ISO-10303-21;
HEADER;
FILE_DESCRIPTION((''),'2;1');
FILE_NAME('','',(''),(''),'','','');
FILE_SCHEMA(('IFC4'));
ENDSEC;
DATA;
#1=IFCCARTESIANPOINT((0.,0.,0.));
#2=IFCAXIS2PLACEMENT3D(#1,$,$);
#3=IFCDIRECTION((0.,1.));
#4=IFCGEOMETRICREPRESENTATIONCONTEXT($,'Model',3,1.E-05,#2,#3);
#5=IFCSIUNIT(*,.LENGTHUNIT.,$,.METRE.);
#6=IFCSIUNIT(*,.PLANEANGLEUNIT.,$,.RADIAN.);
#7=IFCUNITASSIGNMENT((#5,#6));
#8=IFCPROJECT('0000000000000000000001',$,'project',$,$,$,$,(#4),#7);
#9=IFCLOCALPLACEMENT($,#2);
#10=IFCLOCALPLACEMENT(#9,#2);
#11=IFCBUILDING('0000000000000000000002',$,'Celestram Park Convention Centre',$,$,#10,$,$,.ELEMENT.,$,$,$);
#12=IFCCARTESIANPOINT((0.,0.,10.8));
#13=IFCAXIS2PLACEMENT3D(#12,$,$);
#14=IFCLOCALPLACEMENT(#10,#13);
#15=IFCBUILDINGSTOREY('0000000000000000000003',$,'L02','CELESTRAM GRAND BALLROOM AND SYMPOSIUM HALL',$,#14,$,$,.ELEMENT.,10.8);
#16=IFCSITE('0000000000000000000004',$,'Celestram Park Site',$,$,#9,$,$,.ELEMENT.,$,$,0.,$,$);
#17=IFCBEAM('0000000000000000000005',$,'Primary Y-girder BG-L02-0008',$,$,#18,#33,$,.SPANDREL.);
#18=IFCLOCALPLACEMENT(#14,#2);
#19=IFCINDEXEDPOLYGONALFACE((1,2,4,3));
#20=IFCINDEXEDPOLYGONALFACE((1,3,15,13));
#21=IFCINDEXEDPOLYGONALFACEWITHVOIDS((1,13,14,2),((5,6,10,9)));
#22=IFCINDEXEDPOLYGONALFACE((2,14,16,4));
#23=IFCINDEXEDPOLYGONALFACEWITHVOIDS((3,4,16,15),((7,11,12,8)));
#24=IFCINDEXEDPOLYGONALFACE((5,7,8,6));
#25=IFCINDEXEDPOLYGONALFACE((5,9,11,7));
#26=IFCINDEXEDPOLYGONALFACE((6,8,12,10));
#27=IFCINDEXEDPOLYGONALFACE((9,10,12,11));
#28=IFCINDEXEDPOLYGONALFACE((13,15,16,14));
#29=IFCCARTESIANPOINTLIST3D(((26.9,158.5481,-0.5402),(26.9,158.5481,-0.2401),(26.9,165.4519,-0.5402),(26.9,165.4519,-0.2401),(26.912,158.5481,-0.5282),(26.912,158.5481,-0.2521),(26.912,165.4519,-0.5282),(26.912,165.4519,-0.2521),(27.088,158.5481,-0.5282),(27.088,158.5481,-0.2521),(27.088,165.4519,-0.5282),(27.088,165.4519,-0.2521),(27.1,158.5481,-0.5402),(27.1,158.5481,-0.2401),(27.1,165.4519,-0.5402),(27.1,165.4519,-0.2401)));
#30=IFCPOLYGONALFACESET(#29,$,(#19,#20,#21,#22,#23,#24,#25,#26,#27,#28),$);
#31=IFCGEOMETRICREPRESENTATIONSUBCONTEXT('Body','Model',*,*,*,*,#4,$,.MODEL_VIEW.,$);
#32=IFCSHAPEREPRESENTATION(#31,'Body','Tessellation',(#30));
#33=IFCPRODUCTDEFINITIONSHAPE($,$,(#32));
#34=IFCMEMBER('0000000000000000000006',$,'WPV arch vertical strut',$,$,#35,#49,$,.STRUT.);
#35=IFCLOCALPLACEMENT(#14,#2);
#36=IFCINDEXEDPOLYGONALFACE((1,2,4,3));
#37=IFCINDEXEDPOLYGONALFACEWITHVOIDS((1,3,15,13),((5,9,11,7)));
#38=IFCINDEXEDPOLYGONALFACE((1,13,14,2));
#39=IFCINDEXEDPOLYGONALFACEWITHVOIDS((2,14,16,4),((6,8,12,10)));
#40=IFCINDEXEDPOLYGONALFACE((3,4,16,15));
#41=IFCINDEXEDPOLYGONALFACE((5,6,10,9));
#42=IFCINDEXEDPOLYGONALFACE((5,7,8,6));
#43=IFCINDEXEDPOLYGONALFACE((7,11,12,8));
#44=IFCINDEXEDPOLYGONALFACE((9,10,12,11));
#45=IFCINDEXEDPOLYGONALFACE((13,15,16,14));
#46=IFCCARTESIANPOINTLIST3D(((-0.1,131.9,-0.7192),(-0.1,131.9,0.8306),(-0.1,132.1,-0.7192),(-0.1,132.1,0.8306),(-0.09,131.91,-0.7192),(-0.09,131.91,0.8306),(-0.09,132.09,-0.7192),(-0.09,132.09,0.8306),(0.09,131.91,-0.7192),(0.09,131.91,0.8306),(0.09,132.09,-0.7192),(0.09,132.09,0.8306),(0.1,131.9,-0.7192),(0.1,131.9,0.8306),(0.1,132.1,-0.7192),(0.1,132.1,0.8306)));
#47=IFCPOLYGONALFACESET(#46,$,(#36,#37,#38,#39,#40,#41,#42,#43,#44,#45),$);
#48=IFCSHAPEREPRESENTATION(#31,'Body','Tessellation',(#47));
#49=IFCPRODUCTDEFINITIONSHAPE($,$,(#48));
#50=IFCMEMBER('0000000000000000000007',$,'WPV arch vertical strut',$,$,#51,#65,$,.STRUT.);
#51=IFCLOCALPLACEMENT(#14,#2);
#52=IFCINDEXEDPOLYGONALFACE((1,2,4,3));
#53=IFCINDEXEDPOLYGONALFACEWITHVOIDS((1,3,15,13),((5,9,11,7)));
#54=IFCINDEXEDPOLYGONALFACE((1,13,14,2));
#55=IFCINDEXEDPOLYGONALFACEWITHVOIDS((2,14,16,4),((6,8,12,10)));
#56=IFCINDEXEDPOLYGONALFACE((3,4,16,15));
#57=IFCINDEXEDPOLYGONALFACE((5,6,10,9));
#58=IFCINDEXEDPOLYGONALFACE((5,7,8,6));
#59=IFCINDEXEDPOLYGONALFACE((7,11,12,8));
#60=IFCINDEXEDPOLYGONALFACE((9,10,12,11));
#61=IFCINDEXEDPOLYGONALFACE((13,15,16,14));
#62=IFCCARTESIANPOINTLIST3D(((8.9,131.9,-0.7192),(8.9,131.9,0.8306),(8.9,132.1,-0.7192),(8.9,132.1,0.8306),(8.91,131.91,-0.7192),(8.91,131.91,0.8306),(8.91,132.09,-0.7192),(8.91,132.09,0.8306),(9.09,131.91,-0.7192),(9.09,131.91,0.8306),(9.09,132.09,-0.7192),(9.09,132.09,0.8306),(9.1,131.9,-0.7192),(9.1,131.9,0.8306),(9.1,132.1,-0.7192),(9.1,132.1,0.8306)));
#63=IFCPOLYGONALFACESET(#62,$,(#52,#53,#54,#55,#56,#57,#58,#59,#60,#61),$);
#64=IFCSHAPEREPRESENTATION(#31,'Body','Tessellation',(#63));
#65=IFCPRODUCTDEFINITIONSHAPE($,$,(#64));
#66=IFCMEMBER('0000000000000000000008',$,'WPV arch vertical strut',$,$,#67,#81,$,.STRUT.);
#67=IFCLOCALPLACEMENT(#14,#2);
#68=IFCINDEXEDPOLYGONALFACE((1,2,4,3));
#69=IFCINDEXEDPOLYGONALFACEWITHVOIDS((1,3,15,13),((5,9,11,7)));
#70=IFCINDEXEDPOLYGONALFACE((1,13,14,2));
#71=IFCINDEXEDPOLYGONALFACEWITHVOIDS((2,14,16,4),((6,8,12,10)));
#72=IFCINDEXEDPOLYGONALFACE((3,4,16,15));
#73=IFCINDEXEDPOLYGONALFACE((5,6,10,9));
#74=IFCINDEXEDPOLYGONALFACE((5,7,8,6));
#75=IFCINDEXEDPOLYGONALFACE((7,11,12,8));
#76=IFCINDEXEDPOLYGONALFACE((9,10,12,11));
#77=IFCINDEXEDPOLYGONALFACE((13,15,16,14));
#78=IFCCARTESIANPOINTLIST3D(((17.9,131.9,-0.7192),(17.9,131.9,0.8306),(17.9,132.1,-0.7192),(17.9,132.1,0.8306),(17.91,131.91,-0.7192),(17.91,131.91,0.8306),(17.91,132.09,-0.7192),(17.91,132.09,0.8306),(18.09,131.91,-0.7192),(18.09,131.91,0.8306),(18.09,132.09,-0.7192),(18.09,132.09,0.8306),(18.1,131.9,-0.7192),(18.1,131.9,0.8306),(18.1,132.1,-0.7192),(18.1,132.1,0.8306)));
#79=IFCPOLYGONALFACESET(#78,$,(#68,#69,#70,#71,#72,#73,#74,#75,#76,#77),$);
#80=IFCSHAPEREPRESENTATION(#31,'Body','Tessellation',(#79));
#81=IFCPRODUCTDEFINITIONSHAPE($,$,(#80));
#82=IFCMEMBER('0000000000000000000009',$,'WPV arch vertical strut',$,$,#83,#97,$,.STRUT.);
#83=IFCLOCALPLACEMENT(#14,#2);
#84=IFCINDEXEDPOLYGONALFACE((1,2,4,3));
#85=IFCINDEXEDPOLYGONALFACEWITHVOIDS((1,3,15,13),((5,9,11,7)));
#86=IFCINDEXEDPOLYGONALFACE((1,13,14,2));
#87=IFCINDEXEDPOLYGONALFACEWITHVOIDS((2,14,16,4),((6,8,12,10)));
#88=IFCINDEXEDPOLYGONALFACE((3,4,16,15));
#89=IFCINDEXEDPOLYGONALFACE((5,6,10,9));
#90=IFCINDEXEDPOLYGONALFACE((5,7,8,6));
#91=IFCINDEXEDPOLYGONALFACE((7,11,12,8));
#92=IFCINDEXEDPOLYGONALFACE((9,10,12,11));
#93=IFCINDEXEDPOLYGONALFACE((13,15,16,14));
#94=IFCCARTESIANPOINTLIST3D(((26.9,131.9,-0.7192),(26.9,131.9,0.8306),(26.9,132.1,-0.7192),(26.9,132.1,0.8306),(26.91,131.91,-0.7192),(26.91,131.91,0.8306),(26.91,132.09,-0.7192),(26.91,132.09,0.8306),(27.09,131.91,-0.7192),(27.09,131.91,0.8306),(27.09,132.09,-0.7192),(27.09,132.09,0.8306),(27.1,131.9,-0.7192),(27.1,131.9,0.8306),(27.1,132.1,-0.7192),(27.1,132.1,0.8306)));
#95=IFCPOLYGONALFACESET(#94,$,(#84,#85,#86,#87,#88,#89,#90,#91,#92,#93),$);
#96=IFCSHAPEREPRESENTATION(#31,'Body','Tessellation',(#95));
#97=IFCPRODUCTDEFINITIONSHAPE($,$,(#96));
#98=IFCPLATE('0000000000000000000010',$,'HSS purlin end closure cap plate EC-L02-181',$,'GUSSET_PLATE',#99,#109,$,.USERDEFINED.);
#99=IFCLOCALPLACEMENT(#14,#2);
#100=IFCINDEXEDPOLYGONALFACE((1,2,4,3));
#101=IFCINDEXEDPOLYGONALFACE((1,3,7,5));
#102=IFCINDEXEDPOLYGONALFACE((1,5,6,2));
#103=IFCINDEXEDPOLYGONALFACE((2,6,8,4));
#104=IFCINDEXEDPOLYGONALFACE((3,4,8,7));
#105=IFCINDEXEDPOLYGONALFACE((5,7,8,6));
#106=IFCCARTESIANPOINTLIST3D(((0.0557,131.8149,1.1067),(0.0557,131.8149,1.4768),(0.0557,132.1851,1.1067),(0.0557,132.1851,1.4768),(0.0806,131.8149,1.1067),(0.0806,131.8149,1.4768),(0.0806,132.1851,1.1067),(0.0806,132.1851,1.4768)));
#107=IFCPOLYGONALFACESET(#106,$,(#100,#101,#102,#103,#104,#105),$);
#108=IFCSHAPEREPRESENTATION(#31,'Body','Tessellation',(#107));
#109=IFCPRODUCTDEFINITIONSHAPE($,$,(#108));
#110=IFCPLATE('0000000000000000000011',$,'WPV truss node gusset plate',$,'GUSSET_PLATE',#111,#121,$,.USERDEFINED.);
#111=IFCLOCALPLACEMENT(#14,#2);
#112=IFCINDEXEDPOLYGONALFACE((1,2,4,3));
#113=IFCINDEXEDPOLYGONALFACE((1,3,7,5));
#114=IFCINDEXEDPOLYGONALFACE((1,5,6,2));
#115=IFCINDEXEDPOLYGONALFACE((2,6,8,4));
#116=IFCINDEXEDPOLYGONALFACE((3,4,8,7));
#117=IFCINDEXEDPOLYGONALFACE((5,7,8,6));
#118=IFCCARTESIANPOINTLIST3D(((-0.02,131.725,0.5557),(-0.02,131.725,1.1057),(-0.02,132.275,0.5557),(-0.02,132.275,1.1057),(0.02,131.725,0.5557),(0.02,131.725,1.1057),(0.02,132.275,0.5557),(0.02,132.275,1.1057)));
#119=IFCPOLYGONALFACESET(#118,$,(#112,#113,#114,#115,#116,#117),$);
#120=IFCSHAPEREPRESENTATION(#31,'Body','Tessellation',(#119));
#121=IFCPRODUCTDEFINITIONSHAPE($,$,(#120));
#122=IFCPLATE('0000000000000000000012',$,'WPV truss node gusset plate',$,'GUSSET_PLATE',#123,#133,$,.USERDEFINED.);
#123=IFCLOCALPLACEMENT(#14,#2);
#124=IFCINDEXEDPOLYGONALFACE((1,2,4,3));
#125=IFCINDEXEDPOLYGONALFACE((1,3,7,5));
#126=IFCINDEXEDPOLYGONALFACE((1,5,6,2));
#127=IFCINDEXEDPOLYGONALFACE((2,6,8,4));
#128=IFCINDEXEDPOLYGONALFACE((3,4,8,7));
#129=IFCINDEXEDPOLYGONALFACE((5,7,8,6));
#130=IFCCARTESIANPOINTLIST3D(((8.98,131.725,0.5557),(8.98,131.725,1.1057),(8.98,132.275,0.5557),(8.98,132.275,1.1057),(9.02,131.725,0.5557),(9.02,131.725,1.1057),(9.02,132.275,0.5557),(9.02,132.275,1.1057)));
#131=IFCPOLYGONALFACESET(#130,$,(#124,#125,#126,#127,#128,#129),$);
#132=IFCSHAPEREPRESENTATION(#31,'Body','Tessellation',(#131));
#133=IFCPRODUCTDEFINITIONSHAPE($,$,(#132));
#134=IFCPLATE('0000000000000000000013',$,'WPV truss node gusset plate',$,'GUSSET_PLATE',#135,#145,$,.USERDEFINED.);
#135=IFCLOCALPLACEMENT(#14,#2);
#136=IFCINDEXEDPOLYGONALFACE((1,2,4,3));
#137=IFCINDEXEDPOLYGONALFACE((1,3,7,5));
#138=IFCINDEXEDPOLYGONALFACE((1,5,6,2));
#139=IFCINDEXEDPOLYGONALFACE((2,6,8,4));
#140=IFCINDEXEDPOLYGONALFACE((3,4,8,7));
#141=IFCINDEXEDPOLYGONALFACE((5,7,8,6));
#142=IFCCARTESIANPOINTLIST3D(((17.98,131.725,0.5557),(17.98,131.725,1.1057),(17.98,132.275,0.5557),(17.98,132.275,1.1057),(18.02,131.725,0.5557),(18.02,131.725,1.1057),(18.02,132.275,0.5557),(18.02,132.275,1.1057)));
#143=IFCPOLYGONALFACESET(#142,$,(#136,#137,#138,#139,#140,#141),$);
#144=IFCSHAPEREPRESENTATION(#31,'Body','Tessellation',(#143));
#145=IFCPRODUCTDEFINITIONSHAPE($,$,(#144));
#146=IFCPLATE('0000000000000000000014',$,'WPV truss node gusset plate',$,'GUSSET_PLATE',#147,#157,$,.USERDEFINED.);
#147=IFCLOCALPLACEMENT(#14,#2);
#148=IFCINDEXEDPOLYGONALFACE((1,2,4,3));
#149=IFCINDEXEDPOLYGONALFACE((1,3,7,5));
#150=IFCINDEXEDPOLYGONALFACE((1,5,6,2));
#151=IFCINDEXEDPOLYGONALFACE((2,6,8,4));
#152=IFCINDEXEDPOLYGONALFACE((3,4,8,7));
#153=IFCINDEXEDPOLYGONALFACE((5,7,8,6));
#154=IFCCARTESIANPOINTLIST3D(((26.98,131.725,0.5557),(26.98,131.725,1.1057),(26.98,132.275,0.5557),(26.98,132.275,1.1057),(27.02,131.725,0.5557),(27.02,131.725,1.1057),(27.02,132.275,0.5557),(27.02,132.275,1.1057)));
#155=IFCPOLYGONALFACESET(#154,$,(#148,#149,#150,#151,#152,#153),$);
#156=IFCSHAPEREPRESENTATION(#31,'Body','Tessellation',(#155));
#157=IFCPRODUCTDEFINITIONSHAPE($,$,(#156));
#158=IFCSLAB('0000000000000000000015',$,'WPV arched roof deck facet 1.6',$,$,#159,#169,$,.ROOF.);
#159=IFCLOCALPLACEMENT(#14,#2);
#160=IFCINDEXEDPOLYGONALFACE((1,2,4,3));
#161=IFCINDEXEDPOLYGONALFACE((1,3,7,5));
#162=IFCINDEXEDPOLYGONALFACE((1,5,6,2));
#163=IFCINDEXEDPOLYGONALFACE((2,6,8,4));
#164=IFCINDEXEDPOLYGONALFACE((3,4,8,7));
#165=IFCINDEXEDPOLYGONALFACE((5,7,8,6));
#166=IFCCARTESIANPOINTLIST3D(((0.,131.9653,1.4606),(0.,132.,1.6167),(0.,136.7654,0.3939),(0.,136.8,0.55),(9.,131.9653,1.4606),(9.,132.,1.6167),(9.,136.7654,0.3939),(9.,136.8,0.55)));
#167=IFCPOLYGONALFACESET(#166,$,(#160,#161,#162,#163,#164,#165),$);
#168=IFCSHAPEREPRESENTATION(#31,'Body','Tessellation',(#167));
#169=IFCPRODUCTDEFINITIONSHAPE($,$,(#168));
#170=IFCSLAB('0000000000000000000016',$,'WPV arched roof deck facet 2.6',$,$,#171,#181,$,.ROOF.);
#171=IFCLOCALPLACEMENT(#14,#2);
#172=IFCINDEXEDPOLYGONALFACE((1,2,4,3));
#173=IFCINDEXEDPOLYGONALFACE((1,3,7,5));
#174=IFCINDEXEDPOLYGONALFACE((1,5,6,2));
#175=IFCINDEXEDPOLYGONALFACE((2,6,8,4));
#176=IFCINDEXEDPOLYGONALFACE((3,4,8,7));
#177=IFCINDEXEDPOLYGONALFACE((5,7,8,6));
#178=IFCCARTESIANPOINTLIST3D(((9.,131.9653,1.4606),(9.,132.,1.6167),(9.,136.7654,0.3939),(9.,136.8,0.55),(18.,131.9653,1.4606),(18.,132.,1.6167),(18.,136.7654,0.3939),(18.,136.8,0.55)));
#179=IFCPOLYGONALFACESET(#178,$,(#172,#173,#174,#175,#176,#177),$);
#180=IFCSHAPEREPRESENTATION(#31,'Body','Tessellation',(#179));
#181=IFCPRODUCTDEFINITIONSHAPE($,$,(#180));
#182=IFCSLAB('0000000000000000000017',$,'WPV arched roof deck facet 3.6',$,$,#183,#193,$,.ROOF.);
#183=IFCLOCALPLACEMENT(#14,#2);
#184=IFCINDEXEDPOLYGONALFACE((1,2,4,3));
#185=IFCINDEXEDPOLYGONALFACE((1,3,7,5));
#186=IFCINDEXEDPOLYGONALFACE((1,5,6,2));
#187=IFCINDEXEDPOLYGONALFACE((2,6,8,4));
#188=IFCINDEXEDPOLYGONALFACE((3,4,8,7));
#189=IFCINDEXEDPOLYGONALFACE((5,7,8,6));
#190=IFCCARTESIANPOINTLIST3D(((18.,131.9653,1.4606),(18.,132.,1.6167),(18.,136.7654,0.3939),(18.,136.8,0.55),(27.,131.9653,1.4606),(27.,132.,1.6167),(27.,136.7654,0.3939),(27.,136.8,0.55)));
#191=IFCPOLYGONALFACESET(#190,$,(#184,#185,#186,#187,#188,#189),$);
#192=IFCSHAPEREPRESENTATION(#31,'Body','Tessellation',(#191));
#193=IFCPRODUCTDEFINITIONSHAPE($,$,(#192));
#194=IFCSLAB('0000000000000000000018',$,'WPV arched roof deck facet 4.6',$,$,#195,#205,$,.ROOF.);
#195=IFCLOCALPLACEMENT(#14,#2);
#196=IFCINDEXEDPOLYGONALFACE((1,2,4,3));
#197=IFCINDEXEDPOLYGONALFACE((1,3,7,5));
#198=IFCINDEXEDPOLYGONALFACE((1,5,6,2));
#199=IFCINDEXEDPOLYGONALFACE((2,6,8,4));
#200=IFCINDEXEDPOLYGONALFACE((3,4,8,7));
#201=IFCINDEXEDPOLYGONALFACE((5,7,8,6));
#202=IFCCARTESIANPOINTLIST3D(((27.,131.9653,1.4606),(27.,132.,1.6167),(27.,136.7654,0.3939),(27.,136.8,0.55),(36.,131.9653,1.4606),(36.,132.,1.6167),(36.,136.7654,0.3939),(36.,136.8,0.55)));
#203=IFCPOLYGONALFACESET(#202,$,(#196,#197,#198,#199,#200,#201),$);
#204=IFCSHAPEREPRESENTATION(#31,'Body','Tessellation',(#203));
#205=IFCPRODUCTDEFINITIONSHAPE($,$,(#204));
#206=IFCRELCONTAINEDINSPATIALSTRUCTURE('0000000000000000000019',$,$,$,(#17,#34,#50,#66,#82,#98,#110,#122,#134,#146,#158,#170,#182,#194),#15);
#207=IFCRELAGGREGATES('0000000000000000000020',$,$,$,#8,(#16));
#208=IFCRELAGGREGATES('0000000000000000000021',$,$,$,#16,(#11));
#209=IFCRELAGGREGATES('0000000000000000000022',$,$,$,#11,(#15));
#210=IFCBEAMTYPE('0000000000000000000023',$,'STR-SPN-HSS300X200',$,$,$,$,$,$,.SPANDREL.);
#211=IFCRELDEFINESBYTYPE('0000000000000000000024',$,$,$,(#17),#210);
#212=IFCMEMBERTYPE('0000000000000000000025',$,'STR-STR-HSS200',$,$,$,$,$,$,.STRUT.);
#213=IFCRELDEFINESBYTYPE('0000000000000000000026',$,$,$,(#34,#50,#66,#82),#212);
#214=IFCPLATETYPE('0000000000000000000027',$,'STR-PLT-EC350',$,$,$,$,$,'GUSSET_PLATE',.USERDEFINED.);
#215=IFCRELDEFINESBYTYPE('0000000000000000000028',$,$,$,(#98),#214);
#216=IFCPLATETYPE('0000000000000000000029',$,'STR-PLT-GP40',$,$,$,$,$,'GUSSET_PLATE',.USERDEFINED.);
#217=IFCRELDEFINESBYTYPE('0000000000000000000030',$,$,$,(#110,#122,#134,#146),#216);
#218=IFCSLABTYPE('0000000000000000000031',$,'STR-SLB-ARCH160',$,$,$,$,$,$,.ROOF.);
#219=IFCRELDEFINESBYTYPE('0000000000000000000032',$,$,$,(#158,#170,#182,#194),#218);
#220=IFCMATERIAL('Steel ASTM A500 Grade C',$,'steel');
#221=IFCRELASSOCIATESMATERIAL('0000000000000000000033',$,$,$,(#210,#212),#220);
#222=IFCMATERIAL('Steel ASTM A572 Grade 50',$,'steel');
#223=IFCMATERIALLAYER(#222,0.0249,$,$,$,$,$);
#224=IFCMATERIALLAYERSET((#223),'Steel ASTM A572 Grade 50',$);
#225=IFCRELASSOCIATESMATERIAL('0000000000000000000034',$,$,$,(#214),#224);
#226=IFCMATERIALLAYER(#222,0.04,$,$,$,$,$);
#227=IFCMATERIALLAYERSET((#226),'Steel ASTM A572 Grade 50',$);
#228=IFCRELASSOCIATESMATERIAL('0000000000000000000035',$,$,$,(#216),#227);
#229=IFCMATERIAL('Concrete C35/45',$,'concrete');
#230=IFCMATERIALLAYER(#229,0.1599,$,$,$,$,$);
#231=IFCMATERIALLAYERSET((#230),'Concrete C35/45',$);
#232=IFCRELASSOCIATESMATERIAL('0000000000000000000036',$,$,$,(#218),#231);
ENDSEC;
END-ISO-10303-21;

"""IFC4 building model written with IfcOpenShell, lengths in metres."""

from ifc_helpers import new_model, si_unit, direction, frame, origin, origin_2d, place, context, subcontext, project, spatial, polyline, rectangle, hollow_rectangle, outline, extrude, material, layer, layer_set, material_profile, profile_set, type_object, element, save


model = new_model("IFC4")

# Units and contexts
model_context = context("Model", 3, precision=1e-05, world=origin(), true_north=direction((0.0, 1.0)))
body_context = subcontext(model_context, "Body", "Model", "MODEL_VIEW")
ifc_project = project(units=[si_unit("LENGTHUNIT", "METRE"), si_unit("PLANEANGLEUNIT", "RADIAN")], contexts=[model_context])

# Site, building, storey
site_placement = place(None, origin())
site = spatial("IfcSite", under=ifc_project, at=site_placement, Name="Celestram Park Site", CompositionType="ELEMENT", RefElevation=0.0)
building_placement = place(site_placement, origin())
building = spatial("IfcBuilding", under=site, at=building_placement, Name="Celestram Park Convention Centre", CompositionType="ELEMENT")
storey_placement = place(building_placement, frame((0.0, 0.0, 10.8)))
storey = spatial("IfcBuildingStorey", under=building, at=storey_placement, Name="L02", Description="CELESTRAM GRAND BALLROOM AND SYMPOSIUM HALL", CompositionType="ELEMENT", Elevation=10.8)

# Shared definitions
ifc_material_1 = material(Name="Steel ASTM A500 Grade C", Category="steel")

# Beam
ifc_material_profile_1 = material_profile(ifc_material_1, hollow_rectangle(XDim=0.2, YDim=0.3, WallThickness=0.012, at=origin_2d()), Name="HSS300X200X12")
ifc_profile_set_1 = profile_set([ifc_material_profile_1], Name="Steel ASTM A500 Grade C")
beam_type = type_object("IfcBeamType", Name="STR-SPN-HSS300X200", PredefinedType="SPANDREL", material=ifc_profile_set_1)
beam_placement = place(storey_placement, frame((27.0, 158.5481, -0.3901), z_axis=(0.0, 1.0, 0.0), x_axis=(-1.0, 0.0, 0.0)))
element("IfcBeam", 1, at=beam_placement, inside=storey, type_object=beam_type, Name="Primary Y-girder BG-L02-0008", PredefinedType="SPANDREL", context=body_context, shape_type="SweptSolid", body=[
    extrude(hollow_rectangle(XDim=0.2, YDim=0.3, WallThickness=0.012, at=origin_2d()), origin(), (0.0, 0.0, 1.0), 6.9038),
])

# Members
ifc_material_profile_2 = material_profile(ifc_material_1, hollow_rectangle(XDim=0.2, YDim=0.2, WallThickness=0.01, at=origin_2d()), Name="HSS200X200X10")
ifc_profile_set_2 = profile_set([ifc_material_profile_2], Name="Steel ASTM A500 Grade C")
member_type_1 = type_object("IfcMemberType", Name="STR-STR-HSS200", PredefinedType="STRUT", material=ifc_profile_set_2)
for number, where, z_axis, x_axis, name in (
    (2, (0.0, 132.0, -0.7192), (0.0, 0.0, 1.0), (1.0, 0.0, 0.0), "WPV arch vertical strut"),
    (3, (9.0, 132.0, -0.7192), (0.0, 0.0, 1.0), (1.0, 0.0, 0.0), "WPV arch vertical strut"),
    (4, (18.0, 132.0, -0.7192), (0.0, 0.0, 1.0), (1.0, 0.0, 0.0), "WPV arch vertical strut"),
    (5, (27.0, 132.0, -0.7192), (0.0, 0.0, 1.0), (1.0, 0.0, 0.0), "WPV arch vertical strut"),
):
    element("IfcMember", number, at=place(storey_placement, frame(where, z_axis=z_axis, x_axis=x_axis)), inside=storey, type_object=member_type_1, Name=name, PredefinedType="STRUT", context=body_context, shape_type="SweptSolid", body=[
        extrude(hollow_rectangle(XDim=0.2, YDim=0.2, WallThickness=0.01, at=origin_2d()), origin(), (0.0, 0.0, 1.0), 1.5498),
    ])

# Plates
ifc_material_2 = material(Name="Steel ASTM A572 Grade 50", Category="steel")
ifc_layer_1 = layer(ifc_material_2, 0.0249)
ifc_layer_set_1 = layer_set([ifc_layer_1], Name="Steel ASTM A572 Grade 50")
plate_type_1 = type_object("IfcPlateType", Name="STR-PLT-EC350", ElementType="GUSSET_PLATE", PredefinedType="USERDEFINED", material=ifc_layer_set_1)
plate_placement = place(storey_placement, frame((0.0681, 132.0, 1.1067), z_axis=(0.0, 0.0, 1.0), x_axis=(0.0, 1.0, 0.0)))
element("IfcPlate", 6, at=plate_placement, inside=storey, type_object=plate_type_1, Name="HSS purlin end closure cap plate EC-L02-181", ObjectType="GUSSET_PLATE", PredefinedType="USERDEFINED", context=body_context, shape_type="SweptSolid", body=[
    extrude(rectangle(XDim=0.3701, YDim=0.0249, at=origin_2d()), origin(), (0.0, 0.0, 1.0), 0.3701),
])
ifc_layer_2 = layer(ifc_material_2, 0.04)
ifc_layer_set_2 = layer_set([ifc_layer_2], Name="Steel ASTM A572 Grade 50")
plate_type_2 = type_object("IfcPlateType", Name="STR-PLT-GP40", ElementType="GUSSET_PLATE", PredefinedType="USERDEFINED", material=ifc_layer_set_2)
for number, where, z_axis, x_axis, name in (
    (7, (0.0, 132.0, 0.5557), (0.0, 0.0, 1.0), (0.0, 1.0, 0.0), "WPV truss node gusset plate"),
    (8, (9.0, 132.0, 0.5557), (0.0, 0.0, 1.0), (0.0, 1.0, 0.0), "WPV truss node gusset plate"),
    (9, (18.0, 132.0, 0.5557), (0.0, 0.0, 1.0), (0.0, 1.0, 0.0), "WPV truss node gusset plate"),
    (10, (27.0, 132.0, 0.5557), (0.0, 0.0, 1.0), (0.0, 1.0, 0.0), "WPV truss node gusset plate"),
):
    element("IfcPlate", number, at=place(storey_placement, frame(where, z_axis=z_axis, x_axis=x_axis)), inside=storey, type_object=plate_type_2, Name=name, ObjectType="GUSSET_PLATE", PredefinedType="USERDEFINED", context=body_context, shape_type="SweptSolid", body=[
        extrude(rectangle(XDim=0.55, YDim=0.04, at=origin_2d()), origin(), (0.0, 0.0, 1.0), 0.55),
    ])

# Slabs
ifc_material_3 = material(Name="Concrete C35/45", Category="concrete")
ifc_layer_3 = layer(ifc_material_3, 0.1599)
ifc_layer_set_3 = layer_set([ifc_layer_3], Name="Concrete C35/45")
slab_type = type_object("IfcSlabType", Name="STR-SLB-ARCH160", PredefinedType="ROOF", material=ifc_layer_set_3)
for number, where, z_axis, x_axis, name in (
    (11, (0.0, 132.0, 1.6167), (0.0, 0.216925, 0.976188), (1.0, 0.0, 0.0), "WPV arched roof deck facet 1.6"),
    (12, (9.0, 132.0, 1.6167), (0.0, 0.216925, 0.976188), (1.0, 0.0, 0.0), "WPV arched roof deck facet 2.6"),
    (13, (18.0, 132.0, 1.6167), (0.0, 0.216925, 0.976188), (1.0, 0.0, 0.0), "WPV arched roof deck facet 3.6"),
    (14, (27.0, 132.0, 1.6167), (0.0, 0.216925, 0.976188), (1.0, 0.0, 0.0), "WPV arched roof deck facet 4.6"),
):
    element("IfcSlab", number, at=place(storey_placement, frame(where, z_axis=z_axis, x_axis=x_axis)), inside=storey, type_object=slab_type, Name=name, PredefinedType="ROOF", context=body_context, shape_type="SweptSolid", body=[
        extrude(outline(polyline([(0.0, 0.0), (9.0, 0.0), (9.0, 4.9171), (0.0, 4.9171), (0.0, 0.0)])), origin(), (0.0, 0.0, -1.0), 0.1599),
    ])

save(model, "model.ifc")
